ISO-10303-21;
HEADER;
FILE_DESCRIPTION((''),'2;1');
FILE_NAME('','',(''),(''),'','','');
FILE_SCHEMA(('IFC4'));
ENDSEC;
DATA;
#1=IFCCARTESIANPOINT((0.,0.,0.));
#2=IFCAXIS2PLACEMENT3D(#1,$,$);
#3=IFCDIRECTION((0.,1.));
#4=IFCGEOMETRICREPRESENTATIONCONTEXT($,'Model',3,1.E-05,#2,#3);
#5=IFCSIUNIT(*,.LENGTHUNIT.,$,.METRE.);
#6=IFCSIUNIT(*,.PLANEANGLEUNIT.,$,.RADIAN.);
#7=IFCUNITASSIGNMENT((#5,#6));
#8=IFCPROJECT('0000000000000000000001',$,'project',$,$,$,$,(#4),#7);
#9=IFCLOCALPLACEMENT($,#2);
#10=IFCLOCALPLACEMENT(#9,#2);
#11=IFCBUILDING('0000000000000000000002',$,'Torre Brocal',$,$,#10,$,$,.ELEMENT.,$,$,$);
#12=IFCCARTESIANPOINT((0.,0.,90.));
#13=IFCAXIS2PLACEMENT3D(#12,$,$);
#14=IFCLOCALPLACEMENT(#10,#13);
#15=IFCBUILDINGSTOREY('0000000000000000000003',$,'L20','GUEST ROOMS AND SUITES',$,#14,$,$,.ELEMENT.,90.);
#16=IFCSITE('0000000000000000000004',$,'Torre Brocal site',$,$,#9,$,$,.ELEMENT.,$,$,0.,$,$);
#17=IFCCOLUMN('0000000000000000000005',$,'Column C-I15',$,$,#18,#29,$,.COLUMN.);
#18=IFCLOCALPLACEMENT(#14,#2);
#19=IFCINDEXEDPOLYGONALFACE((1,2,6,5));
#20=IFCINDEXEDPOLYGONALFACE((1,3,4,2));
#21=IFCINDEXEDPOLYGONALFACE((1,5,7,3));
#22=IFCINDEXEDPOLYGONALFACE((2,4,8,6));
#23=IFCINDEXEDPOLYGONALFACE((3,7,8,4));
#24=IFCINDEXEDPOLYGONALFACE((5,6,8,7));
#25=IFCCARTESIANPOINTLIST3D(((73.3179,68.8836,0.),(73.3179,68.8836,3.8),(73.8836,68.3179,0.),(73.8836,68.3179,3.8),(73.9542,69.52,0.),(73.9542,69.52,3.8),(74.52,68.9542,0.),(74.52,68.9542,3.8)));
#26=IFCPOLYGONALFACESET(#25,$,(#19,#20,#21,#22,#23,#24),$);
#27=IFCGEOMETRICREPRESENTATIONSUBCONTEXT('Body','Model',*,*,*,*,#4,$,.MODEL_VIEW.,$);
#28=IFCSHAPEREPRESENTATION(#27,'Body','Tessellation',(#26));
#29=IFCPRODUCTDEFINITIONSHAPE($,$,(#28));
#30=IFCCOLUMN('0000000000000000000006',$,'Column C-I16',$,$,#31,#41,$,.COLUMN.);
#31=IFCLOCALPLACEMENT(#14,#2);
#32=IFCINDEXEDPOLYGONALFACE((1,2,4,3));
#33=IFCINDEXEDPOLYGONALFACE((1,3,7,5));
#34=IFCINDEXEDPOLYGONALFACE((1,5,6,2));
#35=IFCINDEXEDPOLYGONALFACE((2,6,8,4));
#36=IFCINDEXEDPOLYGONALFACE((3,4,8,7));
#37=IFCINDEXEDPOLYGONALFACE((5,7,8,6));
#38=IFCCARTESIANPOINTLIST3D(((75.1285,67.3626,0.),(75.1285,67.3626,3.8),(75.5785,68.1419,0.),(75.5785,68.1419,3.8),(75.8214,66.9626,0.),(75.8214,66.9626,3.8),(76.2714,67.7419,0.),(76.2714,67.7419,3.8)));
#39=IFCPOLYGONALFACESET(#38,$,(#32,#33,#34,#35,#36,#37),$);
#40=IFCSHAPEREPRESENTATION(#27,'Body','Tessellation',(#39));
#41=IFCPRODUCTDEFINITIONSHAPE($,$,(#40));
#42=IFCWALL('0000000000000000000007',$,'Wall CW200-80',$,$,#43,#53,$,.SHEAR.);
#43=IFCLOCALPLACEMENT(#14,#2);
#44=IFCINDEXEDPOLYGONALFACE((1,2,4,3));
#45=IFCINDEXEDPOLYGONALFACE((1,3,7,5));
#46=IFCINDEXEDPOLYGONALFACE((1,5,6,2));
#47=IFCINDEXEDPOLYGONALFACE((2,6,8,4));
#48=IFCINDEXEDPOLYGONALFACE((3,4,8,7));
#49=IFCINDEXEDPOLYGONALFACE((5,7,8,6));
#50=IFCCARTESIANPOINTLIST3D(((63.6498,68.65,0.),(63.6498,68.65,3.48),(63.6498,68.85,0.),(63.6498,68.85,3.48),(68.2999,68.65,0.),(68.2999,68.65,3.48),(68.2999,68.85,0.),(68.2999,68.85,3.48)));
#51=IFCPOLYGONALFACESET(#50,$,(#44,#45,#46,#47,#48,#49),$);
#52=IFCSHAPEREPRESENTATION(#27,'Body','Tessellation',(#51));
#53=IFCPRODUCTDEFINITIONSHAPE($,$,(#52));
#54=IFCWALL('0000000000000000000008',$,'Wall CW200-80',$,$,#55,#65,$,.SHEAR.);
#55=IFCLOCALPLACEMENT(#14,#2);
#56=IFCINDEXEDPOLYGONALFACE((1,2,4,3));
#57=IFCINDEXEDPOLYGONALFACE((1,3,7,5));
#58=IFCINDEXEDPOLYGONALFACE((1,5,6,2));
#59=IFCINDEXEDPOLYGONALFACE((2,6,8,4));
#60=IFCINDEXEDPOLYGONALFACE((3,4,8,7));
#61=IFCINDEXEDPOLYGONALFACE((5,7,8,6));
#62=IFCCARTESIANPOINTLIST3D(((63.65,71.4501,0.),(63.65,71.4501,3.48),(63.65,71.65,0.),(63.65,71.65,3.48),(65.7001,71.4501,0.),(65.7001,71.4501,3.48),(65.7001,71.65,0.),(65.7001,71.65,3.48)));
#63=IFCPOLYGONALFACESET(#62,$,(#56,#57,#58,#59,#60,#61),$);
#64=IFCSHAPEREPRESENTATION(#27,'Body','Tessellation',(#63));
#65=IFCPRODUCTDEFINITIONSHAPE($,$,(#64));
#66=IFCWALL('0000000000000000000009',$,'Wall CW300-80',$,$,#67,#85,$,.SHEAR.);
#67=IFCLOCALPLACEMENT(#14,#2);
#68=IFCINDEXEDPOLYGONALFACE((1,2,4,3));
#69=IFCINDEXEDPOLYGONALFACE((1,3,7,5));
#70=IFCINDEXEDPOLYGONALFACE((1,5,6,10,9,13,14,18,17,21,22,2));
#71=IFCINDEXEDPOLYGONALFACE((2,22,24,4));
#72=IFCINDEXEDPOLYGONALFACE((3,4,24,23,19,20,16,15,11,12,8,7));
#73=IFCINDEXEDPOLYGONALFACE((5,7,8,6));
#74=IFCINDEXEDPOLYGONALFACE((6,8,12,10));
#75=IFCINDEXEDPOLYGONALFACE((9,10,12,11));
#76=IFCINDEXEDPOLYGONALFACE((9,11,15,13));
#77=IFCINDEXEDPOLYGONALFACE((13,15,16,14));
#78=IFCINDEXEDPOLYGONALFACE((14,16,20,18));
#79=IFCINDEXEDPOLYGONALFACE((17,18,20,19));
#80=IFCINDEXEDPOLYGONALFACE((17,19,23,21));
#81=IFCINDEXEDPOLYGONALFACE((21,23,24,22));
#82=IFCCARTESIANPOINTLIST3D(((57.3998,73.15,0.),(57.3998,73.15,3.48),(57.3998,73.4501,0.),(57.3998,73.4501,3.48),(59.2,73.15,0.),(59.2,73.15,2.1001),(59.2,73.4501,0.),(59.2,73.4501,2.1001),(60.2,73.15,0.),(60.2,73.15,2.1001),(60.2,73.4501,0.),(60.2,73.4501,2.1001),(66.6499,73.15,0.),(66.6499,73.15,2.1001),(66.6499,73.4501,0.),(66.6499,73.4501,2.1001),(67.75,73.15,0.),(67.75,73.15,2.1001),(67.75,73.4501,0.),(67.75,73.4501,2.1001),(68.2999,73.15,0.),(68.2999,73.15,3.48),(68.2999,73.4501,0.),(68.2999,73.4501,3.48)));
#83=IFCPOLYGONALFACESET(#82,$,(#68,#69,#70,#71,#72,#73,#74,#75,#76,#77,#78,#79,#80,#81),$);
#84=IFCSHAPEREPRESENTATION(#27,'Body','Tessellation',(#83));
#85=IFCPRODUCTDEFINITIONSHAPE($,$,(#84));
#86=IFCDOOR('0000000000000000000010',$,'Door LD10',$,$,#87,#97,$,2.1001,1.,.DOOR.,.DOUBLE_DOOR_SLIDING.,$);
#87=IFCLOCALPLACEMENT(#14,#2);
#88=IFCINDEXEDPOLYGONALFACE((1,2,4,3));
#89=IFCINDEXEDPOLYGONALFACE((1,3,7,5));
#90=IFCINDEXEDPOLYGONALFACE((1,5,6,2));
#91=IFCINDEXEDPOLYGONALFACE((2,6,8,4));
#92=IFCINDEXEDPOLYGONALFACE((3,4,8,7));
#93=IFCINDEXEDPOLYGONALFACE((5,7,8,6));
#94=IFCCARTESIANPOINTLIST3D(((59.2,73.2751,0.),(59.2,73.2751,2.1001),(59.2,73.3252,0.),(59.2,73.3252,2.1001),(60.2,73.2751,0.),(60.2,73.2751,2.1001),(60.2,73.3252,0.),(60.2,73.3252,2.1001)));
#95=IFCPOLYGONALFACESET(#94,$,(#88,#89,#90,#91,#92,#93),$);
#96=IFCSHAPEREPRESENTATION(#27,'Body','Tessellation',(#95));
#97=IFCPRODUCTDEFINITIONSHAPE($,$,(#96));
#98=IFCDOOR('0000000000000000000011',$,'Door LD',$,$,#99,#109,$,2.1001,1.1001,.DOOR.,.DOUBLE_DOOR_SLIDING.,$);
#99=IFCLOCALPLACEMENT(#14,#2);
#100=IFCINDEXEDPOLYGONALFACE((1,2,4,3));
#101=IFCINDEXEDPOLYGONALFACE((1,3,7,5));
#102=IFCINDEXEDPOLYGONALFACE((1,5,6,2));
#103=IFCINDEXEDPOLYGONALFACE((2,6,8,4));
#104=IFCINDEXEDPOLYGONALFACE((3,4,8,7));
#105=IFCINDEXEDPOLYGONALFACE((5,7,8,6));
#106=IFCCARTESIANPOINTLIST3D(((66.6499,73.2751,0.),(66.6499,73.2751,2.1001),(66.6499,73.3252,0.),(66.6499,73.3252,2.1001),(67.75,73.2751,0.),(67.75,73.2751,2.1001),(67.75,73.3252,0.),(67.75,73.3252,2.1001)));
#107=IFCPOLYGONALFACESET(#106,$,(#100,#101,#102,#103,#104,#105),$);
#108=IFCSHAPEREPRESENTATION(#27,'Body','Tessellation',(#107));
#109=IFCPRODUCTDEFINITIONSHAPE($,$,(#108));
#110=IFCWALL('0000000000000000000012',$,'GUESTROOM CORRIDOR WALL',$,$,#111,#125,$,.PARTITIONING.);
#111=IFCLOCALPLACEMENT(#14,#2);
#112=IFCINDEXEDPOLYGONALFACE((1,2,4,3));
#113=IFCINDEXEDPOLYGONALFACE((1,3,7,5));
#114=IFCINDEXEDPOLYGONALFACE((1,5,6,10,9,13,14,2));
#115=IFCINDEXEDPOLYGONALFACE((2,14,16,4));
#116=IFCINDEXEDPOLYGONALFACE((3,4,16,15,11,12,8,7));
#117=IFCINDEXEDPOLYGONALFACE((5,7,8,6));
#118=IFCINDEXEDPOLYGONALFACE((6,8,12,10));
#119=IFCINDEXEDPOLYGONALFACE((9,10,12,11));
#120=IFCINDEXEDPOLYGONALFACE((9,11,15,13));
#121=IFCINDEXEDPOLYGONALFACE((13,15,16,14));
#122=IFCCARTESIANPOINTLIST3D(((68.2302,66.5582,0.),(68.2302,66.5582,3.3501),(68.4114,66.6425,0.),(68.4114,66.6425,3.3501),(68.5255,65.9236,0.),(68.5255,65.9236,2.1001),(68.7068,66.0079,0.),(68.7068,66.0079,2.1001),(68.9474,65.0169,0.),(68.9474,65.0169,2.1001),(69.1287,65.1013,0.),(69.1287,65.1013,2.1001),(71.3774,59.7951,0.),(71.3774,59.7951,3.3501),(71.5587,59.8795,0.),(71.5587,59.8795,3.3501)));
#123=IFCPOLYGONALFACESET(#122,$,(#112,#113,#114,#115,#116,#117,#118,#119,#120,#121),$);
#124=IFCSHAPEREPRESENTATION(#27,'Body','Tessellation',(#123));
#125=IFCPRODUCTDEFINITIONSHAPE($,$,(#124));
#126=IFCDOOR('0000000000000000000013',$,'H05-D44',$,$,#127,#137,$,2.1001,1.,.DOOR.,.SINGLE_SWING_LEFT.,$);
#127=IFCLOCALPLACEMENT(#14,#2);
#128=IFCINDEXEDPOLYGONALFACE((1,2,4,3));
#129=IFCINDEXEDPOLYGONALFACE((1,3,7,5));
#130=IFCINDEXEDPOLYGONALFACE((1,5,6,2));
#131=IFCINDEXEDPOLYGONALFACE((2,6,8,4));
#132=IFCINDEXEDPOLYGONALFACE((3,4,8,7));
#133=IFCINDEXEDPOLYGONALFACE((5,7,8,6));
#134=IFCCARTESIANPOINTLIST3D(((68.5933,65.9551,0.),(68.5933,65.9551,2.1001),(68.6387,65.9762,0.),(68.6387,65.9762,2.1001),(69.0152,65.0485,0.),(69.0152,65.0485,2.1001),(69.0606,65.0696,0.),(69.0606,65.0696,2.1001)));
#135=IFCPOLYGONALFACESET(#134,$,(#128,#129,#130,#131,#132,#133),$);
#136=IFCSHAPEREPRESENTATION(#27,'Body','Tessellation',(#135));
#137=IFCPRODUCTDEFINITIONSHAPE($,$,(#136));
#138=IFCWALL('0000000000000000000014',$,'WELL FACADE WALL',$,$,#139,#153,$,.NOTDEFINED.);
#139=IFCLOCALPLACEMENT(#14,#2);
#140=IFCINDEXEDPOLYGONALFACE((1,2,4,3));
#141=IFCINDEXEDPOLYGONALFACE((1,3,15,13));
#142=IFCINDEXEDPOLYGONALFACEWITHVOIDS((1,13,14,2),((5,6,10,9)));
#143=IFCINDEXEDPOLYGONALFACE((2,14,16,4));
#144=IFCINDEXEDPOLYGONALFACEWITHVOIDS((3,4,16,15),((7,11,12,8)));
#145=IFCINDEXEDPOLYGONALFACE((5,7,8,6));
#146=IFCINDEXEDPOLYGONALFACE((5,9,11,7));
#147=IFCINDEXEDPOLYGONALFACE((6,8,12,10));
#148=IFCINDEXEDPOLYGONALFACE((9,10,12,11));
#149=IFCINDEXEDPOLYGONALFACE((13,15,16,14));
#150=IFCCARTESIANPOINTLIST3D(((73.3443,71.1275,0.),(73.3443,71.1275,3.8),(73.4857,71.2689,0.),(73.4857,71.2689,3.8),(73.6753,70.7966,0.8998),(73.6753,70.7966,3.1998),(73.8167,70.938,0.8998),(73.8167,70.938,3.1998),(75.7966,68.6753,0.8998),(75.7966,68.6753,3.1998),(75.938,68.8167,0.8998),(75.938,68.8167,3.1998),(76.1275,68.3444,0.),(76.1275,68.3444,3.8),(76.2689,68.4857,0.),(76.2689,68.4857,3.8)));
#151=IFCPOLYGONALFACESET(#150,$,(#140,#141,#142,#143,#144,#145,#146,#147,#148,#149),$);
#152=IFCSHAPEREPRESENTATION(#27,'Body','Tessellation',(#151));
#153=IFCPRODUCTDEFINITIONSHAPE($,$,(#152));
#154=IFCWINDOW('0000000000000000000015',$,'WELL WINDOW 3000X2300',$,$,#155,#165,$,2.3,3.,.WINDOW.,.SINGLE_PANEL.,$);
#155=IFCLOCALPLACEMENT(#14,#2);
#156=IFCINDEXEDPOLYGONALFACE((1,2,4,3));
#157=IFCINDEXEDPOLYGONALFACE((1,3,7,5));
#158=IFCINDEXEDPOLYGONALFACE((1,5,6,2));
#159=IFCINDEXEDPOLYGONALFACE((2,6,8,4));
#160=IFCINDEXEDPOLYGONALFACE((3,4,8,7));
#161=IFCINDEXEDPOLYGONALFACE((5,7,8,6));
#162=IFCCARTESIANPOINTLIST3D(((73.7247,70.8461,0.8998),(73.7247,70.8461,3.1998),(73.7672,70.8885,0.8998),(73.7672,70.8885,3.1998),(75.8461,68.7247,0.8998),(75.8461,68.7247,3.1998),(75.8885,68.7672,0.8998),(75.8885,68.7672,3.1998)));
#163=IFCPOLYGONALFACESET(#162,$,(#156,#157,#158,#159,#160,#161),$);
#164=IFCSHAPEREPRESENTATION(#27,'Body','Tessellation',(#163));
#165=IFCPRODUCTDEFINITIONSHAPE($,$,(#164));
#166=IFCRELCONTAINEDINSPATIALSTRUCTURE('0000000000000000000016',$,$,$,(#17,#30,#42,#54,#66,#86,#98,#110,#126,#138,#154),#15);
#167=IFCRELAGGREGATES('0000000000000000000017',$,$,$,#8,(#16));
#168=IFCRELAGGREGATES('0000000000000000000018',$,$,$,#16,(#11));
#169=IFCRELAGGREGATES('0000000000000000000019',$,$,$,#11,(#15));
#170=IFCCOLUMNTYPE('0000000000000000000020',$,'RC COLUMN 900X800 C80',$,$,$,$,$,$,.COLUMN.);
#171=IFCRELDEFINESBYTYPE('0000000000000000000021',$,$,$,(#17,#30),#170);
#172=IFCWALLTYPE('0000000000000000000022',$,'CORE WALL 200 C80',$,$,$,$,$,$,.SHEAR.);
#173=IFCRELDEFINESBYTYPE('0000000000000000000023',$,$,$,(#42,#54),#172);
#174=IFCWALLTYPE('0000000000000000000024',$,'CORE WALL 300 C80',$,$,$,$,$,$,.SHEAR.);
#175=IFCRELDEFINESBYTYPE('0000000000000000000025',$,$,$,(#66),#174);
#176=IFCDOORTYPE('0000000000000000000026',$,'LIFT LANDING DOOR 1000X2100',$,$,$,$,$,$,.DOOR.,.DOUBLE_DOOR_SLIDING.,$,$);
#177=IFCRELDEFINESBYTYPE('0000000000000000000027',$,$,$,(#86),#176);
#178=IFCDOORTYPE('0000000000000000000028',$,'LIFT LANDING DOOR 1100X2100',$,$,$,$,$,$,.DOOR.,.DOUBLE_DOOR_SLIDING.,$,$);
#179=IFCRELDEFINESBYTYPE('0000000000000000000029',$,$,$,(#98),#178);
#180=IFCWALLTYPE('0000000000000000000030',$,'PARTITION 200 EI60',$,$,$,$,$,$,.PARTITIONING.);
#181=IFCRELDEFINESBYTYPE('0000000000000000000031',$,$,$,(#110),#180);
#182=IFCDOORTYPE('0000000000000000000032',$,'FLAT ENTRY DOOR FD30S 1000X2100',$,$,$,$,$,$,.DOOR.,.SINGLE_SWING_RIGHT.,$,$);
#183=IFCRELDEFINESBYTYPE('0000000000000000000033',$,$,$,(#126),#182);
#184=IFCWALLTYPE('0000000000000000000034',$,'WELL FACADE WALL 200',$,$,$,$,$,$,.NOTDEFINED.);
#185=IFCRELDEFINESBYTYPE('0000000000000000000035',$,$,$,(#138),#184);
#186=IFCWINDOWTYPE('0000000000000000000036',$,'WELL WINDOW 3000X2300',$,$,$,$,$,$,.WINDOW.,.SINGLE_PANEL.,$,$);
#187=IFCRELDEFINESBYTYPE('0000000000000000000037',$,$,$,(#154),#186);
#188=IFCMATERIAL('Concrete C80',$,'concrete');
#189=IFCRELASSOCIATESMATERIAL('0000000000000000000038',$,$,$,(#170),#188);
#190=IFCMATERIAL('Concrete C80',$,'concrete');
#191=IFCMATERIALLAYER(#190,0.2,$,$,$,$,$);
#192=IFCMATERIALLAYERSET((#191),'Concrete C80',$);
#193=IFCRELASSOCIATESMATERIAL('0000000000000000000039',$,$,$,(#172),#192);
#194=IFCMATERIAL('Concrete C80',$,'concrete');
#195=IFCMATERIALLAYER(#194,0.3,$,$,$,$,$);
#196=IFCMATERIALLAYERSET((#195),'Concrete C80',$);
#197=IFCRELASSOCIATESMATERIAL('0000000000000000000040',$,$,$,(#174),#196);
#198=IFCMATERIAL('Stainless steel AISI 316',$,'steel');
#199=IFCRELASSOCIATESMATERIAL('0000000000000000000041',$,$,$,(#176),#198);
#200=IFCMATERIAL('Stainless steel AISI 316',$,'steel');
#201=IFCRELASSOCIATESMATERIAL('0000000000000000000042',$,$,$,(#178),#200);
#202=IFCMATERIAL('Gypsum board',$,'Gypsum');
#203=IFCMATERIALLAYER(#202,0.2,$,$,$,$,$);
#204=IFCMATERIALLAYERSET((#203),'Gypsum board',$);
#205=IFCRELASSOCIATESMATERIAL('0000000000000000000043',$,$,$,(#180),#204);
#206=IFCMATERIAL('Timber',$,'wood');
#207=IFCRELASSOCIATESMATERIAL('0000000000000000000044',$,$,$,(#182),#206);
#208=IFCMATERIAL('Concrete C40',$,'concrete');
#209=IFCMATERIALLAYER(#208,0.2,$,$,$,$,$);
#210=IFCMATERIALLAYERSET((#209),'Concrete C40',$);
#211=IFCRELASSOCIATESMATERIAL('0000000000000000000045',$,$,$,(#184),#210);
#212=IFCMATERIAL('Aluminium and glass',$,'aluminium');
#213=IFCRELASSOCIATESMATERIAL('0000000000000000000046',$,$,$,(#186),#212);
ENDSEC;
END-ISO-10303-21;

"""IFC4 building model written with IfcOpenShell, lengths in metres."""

from ifc_helpers import new_model, si_unit, direction, frame, frame_2d, origin, origin_2d, place, context, subcontext, project, spatial, rectangle, extrude, material, layer, layer_set, material_profile, profile_set, type_object, element, fill, save


model = new_model("IFC4")

# Units and contexts
model_context = context("Model", 3, precision=1e-05, world=origin(), true_north=direction((0.0, 1.0)))
body_context = subcontext(model_context, "Body", "Model", "MODEL_VIEW")
ifc_project = project(units=[si_unit("LENGTHUNIT", "METRE"), si_unit("PLANEANGLEUNIT", "RADIAN")], contexts=[model_context])

# Site, building, storey
site_placement = place(None, origin())
site = spatial("IfcSite", under=ifc_project, at=site_placement, Name="Torre Brocal site", CompositionType="ELEMENT", RefElevation=0.0)
building_placement = place(site_placement, origin())
building = spatial("IfcBuilding", under=site, at=building_placement, Name="Torre Brocal", CompositionType="ELEMENT")
storey_placement = place(building_placement, frame((0.0, 0.0, 90.0)))
storey = spatial("IfcBuildingStorey", under=building, at=storey_placement, Name="L20", Description="GUEST ROOMS AND SUITES", CompositionType="ELEMENT", Elevation=90.0)

# Columns
ifc_material_1 = material(Name="Concrete C80", Category="concrete")
ifc_material_profile = material_profile(ifc_material_1, rectangle(XDim=0.8999, YDim=0.8, at=origin_2d()), Name="RC 900X800")
ifc_profile_set = profile_set([ifc_material_profile], Name="Concrete C80")
column_type = type_object("IfcColumnType", Name="RC COLUMN 900X800 C80", PredefinedType="COLUMN", material=ifc_profile_set)
for number, where, z_axis, x_axis, name in (
    (1, (73.9189, 68.9189, 0.0), (0.0, 0.0, 1.0), (-0.707107, -0.707107, 0.0), "Column C-I15"),
    (2, (75.7, 67.5522, 0.0), (0.0, 0.0, 1.0), (-0.5, -0.866025, 0.0), "Column C-I16"),
):
    element("IfcColumn", number, at=place(storey_placement, frame(where, z_axis=z_axis, x_axis=x_axis)), inside=storey, type_object=column_type, Name=name, PredefinedType="COLUMN", context=body_context, shape_type="SweptSolid", body=[
        extrude(rectangle(XDim=0.8999, YDim=0.8, at=origin_2d()), origin(), (0.0, 0.0, 1.0), 3.8),
    ])

# Walls
ifc_material_2 = material(Name="Concrete C80", Category="concrete")
ifc_layer_1 = layer(ifc_material_2, 0.2)
ifc_layer_set_1 = layer_set([ifc_layer_1], Name="Concrete C80")
wall_type_1 = type_object("IfcWallType", Name="CORE WALL 200 C80", PredefinedType="SHEAR", material=ifc_layer_set_1)
wall_1_placement = place(storey_placement, frame((68.3, 68.75, 0.0), z_axis=(0.0, 0.0, 1.0), x_axis=(-1.0, 0.0, 0.0)))
element("IfcWall", 3, at=wall_1_placement, inside=storey, type_object=wall_type_1, Name="Wall CW200-80", PredefinedType="SHEAR", context=body_context, shape_type="SweptSolid", body=[
    extrude(rectangle(XDim=4.6501, YDim=0.2, at=frame_2d((2.3252, 0.0))), origin(), (0.0, 0.0, 1.0), 3.48),
])
wall_2_placement = place(storey_placement, frame((65.7, 71.55, 0.0), z_axis=(0.0, 0.0, 1.0), x_axis=(-1.0, 0.0, 0.0)))
element("IfcWall", 4, at=wall_2_placement, inside=storey, type_object=wall_type_1, Name="Wall CW200-80", PredefinedType="SHEAR", context=body_context, shape_type="SweptSolid", body=[
    extrude(rectangle(XDim=2.05, YDim=0.2, at=frame_2d((1.0249, 0.0))), origin(), (0.0, 0.0, 1.0), 3.48),
])

# Wall, openings, doors
ifc_material_3 = material(Name="Concrete C80", Category="concrete")
ifc_layer_2 = layer(ifc_material_3, 0.3)
ifc_layer_set_2 = layer_set([ifc_layer_2], Name="Concrete C80")
wall_type_2 = type_object("IfcWallType", Name="CORE WALL 300 C80", PredefinedType="SHEAR", material=ifc_layer_set_2)
wall_3_placement = place(storey_placement, frame((68.3, 73.3, 0.0), z_axis=(0.0, 0.0, 1.0), x_axis=(-1.0, 0.0, 0.0)))
wall_3 = element("IfcWall", 5, at=wall_3_placement, inside=storey, type_object=wall_type_2, Name="Wall CW300-80", PredefinedType="SHEAR", context=body_context, shape_type="SweptSolid", body=[
    extrude(rectangle(XDim=10.9001, YDim=0.3, at=frame_2d((5.4502, 0.0))), origin(), (0.0, 0.0, 1.0), 3.48),
])
opening_1_placement = place(wall_3_placement, frame((0.55, 0.0, 0.0)))
opening_1 = element("IfcOpeningElement", 6, at=opening_1_placement, cuts=wall_3, PredefinedType="OPENING", context=body_context, shape_type="SweptSolid", body=[
    extrude(rectangle(XDim=1.1001, YDim=2.1001, at=frame_2d((0.55, 1.05))), frame((0.0, 0.1599, 0.0), z_axis=(0.0, -1.0, 0.0), x_axis=(1.0, 0.0, 0.0)), (0.0, 0.0, 1.0), 0.3201),
])
opening_2_placement = place(wall_3_placement, frame((8.1001, 0.0, 0.0)))
opening_2 = element("IfcOpeningElement", 7, at=opening_2_placement, cuts=wall_3, PredefinedType="OPENING", context=body_context, shape_type="SweptSolid", body=[
    extrude(rectangle(XDim=1.0, YDim=2.1001, at=frame_2d((0.5, 1.05))), frame((0.0, 0.1599, 0.0), z_axis=(0.0, -1.0, 0.0), x_axis=(1.0, 0.0, 0.0)), (0.0, 0.0, 1.0), 0.3201),
])
ifc_material_4 = material(Name="Stainless steel AISI 316", Category="steel")
door_type_1 = type_object("IfcDoorType", Name="LIFT LANDING DOOR 1000X2100", OperationType="DOUBLE_DOOR_SLIDING", PredefinedType="DOOR", material=ifc_material_4)
door_1_placement = place(opening_2_placement, origin())
door_1 = element("IfcDoor", 8, at=door_1_placement, inside=storey, type_object=door_type_1, Name="Door LD10", OperationType="DOUBLE_DOOR_SLIDING", OverallHeight=2.1001, OverallWidth=1.0, PredefinedType="DOOR", context=body_context, shape_type="SweptSolid", body=[
    extrude(rectangle(XDim=1.0, YDim=2.1001, at=frame_2d((0.5, 1.05))), frame((0.0, 0.0249, 0.0), z_axis=(0.0, -1.0, 0.0), x_axis=(1.0, 0.0, 0.0)), (0.0, 0.0, 1.0), 0.05),
])
fill(opening_2, door_1)
ifc_material_5 = material(Name="Stainless steel AISI 316", Category="steel")
door_type_2 = type_object("IfcDoorType", Name="LIFT LANDING DOOR 1100X2100", OperationType="DOUBLE_DOOR_SLIDING", PredefinedType="DOOR", material=ifc_material_5)
door_2_placement = place(opening_1_placement, origin())
door_2 = element("IfcDoor", 9, at=door_2_placement, inside=storey, type_object=door_type_2, Name="Door LD", OperationType="DOUBLE_DOOR_SLIDING", OverallHeight=2.1001, OverallWidth=1.1001, PredefinedType="DOOR", context=body_context, shape_type="SweptSolid", body=[
    extrude(rectangle(XDim=1.1001, YDim=2.1001, at=frame_2d((0.55, 1.05))), frame((0.0, 0.0249, 0.0), z_axis=(0.0, -1.0, 0.0), x_axis=(1.0, 0.0, 0.0)), (0.0, 0.0, 1.0), 0.05),
])
fill(opening_1, door_2)

# Wall, opening, door
ifc_material_6 = material(Name="Gypsum board", Category="Gypsum")
ifc_layer_3 = layer(ifc_material_6, 0.2)
ifc_layer_set_3 = layer_set([ifc_layer_3], Name="Gypsum board")
wall_type_3 = type_object("IfcWallType", Name="PARTITION 200 EI60", PredefinedType="PARTITIONING", material=ifc_layer_set_3)
wall_4_placement = place(storey_placement, frame((68.3208, 66.6003, 0.0), z_axis=(0.0, 0.0, 1.0), x_axis=(0.421914, -0.906636, 0.0)))
wall_4 = element("IfcWall", 10, at=wall_4_placement, inside=storey, type_object=wall_type_3, Name="GUESTROOM CORRIDOR WALL", PredefinedType="PARTITIONING", context=body_context, shape_type="SweptSolid", body=[
    extrude(rectangle(XDim=7.4595, YDim=0.2, at=frame_2d((3.7297, 0.0))), origin(), (0.0, 0.0, 1.0), 3.3501),
])
opening_3_placement = place(wall_4_placement, frame((0.7, 0.0, 0.0)))
opening_3 = element("IfcOpeningElement", 11, at=opening_3_placement, cuts=wall_4, PredefinedType="OPENING", context=body_context, shape_type="SweptSolid", body=[
    extrude(rectangle(XDim=1.0, YDim=2.1001, at=frame_2d((0.5, 1.05))), frame((0.0, 0.1099, 0.0), z_axis=(0.0, -1.0, 0.0), x_axis=(1.0, 0.0, 0.0)), (0.0, 0.0, 1.0), 0.22),
])
ifc_material_7 = material(Name="Timber", Category="wood")
door_type_3 = type_object("IfcDoorType", Name="FLAT ENTRY DOOR FD30S 1000X2100", OperationType="SINGLE_SWING_RIGHT", PredefinedType="DOOR", material=ifc_material_7)
door_3_placement = place(opening_3_placement, origin())
door_3 = element("IfcDoor", 12, at=door_3_placement, inside=storey, type_object=door_type_3, Name="H05-D44", OperationType="SINGLE_SWING_LEFT", OverallHeight=2.1001, OverallWidth=1.0, PredefinedType="DOOR", context=body_context, shape_type="SweptSolid", body=[
    extrude(rectangle(XDim=1.0, YDim=2.1001, at=frame_2d((0.5, 1.05))), frame((0.0, 0.0249, 0.0), z_axis=(0.0, -1.0, 0.0), x_axis=(1.0, 0.0, 0.0)), (0.0, 0.0, 1.0), 0.05),
])
fill(opening_3, door_3)

# Wall, opening, window
ifc_material_8 = material(Name="Concrete C40", Category="concrete")
ifc_layer_4 = layer(ifc_material_8, 0.2)
ifc_layer_set_4 = layer_set([ifc_layer_4], Name="Concrete C40")
wall_type_4 = type_object("IfcWallType", Name="WELL FACADE WALL 200", PredefinedType="NOTDEFINED", material=ifc_layer_set_4)
wall_5_placement = place(storey_placement, frame((73.415, 71.1982, 0.0), z_axis=(0.0, 0.0, 1.0), x_axis=(0.707107, -0.707107, 0.0)))
wall_5 = element("IfcWall", 13, at=wall_5_placement, inside=storey, type_object=wall_type_4, Name="WELL FACADE WALL", PredefinedType="NOTDEFINED", context=body_context, shape_type="SweptSolid", body=[
    extrude(rectangle(XDim=3.936, YDim=0.2, at=frame_2d((1.968, 0.0))), origin(), (0.0, 0.0, 1.0), 3.8),
])
opening_4_placement = place(wall_5_placement, frame((0.468, 0.0, 0.8999)))
opening_4 = element("IfcOpeningElement", 14, at=opening_4_placement, cuts=wall_5, PredefinedType="OPENING", context=body_context, shape_type="SweptSolid", body=[
    extrude(rectangle(XDim=3.0, YDim=2.3, at=frame_2d((1.5, 1.1499))), frame((0.0, 0.1099, 0.0), z_axis=(0.0, -1.0, 0.0), x_axis=(1.0, 0.0, 0.0)), (0.0, 0.0, 1.0), 0.22),
])
ifc_material_9 = material(Name="Aluminium and glass", Category="aluminium")
window_type = type_object("IfcWindowType", Name="WELL WINDOW 3000X2300", PartitioningType="SINGLE_PANEL", PredefinedType="WINDOW", material=ifc_material_9)
window_1_placement = place(opening_4_placement, origin())
window_1 = element("IfcWindow", 15, at=window_1_placement, inside=storey, type_object=window_type, Name="WELL WINDOW 3000X2300", OverallHeight=2.3, OverallWidth=3.0, PartitioningType="SINGLE_PANEL", PredefinedType="WINDOW", context=body_context, shape_type="SweptSolid", body=[
    extrude(rectangle(XDim=3.0, YDim=2.3, at=frame_2d((1.5, 1.1499))), frame((0.0, 0.03, 0.0), z_axis=(0.0, -1.0, 0.0), x_axis=(1.0, 0.0, 0.0)), (0.0, 0.0, 1.0), 0.0601),
])
fill(opening_4, window_1)

save(model, "model.ifc")
